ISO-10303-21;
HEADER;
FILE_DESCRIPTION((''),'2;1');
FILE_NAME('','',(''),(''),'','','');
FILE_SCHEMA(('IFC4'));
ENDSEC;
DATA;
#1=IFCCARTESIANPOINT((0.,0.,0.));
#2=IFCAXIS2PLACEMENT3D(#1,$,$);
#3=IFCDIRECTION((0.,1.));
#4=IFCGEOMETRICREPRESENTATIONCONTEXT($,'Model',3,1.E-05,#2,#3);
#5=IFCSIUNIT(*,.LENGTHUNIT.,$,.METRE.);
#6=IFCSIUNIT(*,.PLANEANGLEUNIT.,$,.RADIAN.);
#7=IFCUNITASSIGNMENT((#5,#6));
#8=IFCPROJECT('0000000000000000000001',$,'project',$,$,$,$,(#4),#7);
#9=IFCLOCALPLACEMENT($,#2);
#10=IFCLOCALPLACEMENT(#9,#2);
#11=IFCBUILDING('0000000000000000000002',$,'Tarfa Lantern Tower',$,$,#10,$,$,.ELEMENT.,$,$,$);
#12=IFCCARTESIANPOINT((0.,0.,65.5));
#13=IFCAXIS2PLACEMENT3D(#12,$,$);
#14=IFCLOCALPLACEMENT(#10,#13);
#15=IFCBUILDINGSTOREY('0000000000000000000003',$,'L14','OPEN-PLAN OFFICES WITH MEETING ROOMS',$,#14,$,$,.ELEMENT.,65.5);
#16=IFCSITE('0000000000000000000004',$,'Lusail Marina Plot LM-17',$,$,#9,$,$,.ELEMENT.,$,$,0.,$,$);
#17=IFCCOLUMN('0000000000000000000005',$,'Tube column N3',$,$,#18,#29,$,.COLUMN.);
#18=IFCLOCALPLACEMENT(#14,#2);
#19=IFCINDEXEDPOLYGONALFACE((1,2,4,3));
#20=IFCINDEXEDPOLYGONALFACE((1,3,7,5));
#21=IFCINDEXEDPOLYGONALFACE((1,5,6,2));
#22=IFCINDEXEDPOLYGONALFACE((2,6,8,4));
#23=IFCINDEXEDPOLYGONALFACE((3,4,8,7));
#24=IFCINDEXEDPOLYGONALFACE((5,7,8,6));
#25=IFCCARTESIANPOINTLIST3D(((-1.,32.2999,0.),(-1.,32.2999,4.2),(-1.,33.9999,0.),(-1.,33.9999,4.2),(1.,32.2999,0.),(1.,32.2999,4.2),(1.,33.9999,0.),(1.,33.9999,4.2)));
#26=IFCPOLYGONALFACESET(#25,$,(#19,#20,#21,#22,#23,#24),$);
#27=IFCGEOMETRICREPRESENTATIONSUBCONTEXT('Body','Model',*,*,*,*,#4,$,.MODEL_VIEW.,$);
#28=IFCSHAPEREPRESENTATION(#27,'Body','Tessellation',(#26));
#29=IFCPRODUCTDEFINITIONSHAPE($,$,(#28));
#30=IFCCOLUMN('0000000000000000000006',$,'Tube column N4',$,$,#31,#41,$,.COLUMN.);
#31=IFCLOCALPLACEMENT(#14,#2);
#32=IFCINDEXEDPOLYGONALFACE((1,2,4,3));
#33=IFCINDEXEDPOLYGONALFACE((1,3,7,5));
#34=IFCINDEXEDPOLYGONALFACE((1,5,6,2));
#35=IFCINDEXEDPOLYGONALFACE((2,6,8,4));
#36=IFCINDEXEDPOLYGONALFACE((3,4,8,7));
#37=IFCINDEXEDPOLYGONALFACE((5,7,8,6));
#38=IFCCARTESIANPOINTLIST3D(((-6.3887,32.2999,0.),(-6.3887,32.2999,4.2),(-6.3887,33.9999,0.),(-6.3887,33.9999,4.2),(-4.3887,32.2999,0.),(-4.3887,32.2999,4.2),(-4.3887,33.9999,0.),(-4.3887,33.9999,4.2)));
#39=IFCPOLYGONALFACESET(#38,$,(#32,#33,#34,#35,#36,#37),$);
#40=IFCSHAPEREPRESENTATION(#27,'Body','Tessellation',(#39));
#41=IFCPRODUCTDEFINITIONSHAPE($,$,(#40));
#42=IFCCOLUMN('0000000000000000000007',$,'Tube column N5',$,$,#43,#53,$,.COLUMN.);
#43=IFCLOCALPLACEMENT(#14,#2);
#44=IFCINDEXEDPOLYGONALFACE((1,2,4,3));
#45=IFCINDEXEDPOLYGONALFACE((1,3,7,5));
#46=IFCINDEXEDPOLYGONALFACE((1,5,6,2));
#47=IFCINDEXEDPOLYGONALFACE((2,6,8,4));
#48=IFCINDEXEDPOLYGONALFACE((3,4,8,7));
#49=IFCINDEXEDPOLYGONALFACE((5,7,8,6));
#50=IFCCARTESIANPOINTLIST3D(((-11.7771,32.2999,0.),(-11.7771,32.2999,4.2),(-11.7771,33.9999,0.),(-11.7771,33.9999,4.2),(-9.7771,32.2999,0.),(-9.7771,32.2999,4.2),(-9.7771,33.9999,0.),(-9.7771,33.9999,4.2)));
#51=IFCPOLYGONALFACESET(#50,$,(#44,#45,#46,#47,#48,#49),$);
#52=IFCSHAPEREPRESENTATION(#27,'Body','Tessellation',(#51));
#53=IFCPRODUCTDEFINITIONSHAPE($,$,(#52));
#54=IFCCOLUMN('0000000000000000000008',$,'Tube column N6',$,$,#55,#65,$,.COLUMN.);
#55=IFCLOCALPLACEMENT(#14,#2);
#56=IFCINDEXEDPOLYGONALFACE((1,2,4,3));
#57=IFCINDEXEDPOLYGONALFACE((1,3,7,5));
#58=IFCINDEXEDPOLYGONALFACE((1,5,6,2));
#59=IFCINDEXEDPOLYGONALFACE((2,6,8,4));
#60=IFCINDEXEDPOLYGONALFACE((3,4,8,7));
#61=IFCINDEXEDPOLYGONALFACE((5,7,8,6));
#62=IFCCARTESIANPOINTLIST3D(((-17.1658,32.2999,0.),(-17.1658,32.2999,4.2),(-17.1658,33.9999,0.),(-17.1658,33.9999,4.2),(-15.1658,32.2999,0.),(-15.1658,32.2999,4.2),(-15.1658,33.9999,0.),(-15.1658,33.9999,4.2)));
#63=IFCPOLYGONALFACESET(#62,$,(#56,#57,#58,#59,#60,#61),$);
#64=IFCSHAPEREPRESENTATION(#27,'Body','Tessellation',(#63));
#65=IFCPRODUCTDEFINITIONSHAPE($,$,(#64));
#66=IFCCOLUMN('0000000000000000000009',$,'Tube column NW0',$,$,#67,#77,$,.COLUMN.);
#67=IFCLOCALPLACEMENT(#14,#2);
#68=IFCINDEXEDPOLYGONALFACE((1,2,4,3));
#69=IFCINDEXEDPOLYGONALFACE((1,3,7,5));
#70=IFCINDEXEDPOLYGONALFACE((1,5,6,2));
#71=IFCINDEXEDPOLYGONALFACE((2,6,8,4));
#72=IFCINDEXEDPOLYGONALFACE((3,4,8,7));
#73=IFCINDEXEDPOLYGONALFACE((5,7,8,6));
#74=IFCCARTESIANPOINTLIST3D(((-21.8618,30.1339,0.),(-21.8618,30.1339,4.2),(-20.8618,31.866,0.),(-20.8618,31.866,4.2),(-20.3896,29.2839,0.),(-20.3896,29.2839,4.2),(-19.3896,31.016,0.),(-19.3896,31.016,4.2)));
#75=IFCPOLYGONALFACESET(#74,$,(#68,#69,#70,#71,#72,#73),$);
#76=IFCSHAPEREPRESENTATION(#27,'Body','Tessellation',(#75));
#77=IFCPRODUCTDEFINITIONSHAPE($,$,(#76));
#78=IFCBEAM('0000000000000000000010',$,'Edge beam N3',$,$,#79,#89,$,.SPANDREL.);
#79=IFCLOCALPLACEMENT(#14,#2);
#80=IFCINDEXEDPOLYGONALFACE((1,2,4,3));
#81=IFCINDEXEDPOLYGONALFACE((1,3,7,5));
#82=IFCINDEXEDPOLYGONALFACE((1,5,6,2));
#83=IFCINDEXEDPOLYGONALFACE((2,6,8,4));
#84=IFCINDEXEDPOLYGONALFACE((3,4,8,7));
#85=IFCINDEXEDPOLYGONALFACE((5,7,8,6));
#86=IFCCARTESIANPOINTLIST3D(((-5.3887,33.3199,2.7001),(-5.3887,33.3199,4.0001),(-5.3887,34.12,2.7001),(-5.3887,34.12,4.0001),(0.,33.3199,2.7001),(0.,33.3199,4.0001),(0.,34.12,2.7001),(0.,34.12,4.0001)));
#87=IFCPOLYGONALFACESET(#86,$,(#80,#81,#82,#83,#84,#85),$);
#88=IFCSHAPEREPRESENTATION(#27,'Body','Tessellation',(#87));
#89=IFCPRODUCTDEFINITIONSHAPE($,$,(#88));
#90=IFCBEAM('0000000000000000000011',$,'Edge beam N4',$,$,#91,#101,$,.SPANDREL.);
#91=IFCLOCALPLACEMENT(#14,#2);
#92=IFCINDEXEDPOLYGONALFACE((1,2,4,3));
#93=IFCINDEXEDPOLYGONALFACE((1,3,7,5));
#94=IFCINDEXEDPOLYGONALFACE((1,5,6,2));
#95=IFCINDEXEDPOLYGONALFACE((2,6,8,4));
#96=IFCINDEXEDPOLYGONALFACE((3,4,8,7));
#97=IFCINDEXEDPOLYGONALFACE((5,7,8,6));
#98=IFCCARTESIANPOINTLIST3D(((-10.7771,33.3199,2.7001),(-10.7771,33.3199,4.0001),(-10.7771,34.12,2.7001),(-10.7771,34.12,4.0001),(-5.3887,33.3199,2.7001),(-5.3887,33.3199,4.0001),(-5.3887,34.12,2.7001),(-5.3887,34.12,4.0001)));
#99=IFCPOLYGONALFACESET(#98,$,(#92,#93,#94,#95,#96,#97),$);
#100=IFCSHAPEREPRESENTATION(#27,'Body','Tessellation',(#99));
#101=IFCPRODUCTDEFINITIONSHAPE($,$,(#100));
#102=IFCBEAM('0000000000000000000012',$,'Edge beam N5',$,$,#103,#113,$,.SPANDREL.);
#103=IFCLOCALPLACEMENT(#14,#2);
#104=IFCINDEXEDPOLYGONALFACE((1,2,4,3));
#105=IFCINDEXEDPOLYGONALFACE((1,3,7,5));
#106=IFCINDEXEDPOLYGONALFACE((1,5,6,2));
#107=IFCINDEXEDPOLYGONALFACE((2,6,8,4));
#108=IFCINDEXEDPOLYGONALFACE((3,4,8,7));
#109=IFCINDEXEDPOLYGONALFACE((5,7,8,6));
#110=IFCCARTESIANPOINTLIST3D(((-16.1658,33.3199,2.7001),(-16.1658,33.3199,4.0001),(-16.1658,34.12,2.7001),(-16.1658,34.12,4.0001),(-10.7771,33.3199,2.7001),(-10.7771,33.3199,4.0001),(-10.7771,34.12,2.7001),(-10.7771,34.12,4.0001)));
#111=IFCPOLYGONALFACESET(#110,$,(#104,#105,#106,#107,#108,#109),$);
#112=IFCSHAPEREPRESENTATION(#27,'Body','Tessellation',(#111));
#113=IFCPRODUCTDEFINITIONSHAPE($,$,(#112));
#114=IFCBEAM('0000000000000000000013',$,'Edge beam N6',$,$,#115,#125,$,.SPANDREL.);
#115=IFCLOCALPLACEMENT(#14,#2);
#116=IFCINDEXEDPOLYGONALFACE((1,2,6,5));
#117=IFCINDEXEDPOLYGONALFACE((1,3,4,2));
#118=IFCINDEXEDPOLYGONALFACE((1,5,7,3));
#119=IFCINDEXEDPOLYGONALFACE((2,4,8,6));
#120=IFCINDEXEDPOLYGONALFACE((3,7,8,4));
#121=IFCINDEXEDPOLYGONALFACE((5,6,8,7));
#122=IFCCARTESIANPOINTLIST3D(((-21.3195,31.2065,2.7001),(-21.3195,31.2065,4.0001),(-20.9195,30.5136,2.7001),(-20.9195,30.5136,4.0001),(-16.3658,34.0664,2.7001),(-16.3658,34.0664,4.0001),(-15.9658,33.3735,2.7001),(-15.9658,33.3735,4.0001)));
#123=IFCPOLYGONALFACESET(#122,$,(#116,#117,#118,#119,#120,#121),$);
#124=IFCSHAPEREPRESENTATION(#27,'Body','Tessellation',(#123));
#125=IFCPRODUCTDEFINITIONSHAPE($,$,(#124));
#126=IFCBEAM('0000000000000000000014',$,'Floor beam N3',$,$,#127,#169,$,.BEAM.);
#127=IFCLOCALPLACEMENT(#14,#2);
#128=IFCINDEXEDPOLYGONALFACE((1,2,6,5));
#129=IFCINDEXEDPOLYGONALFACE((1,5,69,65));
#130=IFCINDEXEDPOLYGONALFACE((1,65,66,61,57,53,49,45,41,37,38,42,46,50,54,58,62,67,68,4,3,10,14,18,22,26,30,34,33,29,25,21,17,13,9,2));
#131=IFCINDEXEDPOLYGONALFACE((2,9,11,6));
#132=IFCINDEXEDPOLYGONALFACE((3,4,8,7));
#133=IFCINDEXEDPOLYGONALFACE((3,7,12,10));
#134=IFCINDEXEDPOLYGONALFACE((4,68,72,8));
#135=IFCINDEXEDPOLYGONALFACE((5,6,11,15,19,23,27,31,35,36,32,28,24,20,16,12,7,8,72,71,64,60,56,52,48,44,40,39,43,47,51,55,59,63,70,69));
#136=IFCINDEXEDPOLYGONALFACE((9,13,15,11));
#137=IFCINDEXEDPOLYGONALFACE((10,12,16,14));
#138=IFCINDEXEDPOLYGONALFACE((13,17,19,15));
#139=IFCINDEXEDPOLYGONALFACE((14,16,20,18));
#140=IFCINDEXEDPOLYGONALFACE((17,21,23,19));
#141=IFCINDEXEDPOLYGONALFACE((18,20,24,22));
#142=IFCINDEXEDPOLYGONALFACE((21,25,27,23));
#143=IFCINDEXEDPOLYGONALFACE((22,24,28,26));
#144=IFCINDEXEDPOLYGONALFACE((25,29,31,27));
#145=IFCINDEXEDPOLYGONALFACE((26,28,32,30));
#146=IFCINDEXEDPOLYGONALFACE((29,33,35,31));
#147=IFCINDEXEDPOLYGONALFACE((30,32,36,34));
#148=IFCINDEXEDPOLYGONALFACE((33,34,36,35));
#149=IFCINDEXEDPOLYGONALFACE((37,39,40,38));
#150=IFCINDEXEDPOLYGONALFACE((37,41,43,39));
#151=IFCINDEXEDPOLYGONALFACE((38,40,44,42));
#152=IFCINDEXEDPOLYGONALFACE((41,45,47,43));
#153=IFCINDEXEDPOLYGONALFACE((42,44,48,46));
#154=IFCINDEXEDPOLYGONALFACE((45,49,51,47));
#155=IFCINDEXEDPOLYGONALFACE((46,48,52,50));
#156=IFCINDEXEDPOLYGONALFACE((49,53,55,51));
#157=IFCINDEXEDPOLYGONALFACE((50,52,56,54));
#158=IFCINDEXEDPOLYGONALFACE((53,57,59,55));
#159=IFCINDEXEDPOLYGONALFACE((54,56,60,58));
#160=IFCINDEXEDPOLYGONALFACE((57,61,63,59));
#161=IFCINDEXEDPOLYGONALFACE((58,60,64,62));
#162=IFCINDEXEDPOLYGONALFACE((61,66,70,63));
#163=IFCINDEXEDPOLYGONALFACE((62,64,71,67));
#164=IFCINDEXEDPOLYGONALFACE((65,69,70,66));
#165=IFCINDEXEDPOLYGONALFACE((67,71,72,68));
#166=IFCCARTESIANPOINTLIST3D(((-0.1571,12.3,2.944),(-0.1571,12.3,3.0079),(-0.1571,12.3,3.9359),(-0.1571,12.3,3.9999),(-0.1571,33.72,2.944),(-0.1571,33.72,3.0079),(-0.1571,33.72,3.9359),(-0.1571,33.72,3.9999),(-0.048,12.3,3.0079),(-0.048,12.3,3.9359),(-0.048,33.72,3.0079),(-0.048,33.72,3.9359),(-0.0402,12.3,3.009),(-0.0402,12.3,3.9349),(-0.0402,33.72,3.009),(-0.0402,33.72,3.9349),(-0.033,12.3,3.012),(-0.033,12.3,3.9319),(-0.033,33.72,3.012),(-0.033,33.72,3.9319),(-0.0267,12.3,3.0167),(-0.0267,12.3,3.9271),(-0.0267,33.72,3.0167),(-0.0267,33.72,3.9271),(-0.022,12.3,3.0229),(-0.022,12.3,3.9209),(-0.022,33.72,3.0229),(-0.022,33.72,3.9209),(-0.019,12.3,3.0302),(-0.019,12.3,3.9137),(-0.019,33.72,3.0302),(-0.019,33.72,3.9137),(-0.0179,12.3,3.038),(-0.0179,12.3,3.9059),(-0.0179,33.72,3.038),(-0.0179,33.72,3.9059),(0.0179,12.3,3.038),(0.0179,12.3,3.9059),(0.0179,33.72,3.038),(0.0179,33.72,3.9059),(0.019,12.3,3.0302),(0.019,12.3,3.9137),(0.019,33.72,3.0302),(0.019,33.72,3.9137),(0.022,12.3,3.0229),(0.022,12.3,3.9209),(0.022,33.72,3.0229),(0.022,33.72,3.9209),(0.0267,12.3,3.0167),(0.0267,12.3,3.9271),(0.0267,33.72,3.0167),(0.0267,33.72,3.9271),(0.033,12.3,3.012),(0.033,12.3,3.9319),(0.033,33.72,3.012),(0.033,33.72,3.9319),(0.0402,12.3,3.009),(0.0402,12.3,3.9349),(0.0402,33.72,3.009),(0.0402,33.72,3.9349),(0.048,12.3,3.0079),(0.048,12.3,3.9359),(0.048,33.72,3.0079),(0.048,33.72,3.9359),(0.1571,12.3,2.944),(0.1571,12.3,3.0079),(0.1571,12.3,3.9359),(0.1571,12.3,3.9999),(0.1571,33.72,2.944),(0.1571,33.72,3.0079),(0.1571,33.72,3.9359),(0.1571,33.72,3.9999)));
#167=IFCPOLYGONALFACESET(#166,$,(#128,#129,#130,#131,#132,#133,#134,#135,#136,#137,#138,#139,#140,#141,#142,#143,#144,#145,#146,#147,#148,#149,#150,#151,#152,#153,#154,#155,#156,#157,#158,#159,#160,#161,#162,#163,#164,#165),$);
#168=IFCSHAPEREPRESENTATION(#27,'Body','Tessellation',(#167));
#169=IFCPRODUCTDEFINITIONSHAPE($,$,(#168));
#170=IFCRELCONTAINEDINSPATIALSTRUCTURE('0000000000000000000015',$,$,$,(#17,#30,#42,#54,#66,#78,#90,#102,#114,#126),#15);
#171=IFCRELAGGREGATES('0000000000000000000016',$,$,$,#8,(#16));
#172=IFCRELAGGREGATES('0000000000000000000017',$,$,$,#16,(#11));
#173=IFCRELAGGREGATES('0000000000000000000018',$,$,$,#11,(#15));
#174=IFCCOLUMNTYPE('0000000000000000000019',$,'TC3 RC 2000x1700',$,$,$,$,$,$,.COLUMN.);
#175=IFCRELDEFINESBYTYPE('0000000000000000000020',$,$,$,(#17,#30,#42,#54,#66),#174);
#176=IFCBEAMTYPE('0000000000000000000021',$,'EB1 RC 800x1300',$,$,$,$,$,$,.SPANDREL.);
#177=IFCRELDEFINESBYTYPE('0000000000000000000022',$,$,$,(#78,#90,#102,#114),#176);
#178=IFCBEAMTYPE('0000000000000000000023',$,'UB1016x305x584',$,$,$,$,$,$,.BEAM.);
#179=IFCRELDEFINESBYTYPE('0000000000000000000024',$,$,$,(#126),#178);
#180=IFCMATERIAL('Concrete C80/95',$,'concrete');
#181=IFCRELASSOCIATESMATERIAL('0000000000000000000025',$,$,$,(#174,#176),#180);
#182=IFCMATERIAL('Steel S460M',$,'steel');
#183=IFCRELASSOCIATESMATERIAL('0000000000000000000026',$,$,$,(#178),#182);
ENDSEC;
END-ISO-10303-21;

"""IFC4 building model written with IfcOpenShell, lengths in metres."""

from ifc_helpers import new_model, si_unit, direction, frame, origin, origin_2d, place, context, subcontext, project, spatial, rectangle, i_section, extrude, material, material_profile, profile_set, type_object, element, save


model = new_model("IFC4")

# Units and contexts
model_context = context("Model", 3, precision=1e-05, world=origin(), true_north=direction((0.0, 1.0)))
body_context = subcontext(model_context, "Body", "Model", "MODEL_VIEW")
ifc_project = project(units=[si_unit("LENGTHUNIT", "METRE"), si_unit("PLANEANGLEUNIT", "RADIAN")], contexts=[model_context])

# Site, building, storey
site_placement = place(None, origin())
site = spatial("IfcSite", under=ifc_project, at=site_placement, Name="Lusail Marina Plot LM-17", CompositionType="ELEMENT", RefElevation=0.0)
building_placement = place(site_placement, origin())
building = spatial("IfcBuilding", under=site, at=building_placement, Name="Tarfa Lantern Tower", CompositionType="ELEMENT")
storey_placement = place(building_placement, frame((0.0, 0.0, 65.5)))
storey = spatial("IfcBuildingStorey", under=building, at=storey_placement, Name="L14", Description="OPEN-PLAN OFFICES WITH MEETING ROOMS", CompositionType="ELEMENT", Elevation=65.5)

# Columns
ifc_material_1 = material(Name="Concrete C80/95", Category="concrete")
ifc_material_profile_1 = material_profile(ifc_material_1, rectangle(XDim=2.0, YDim=1.7, at=origin_2d()), Name="RC 2000x1700")
ifc_profile_set_1 = profile_set([ifc_material_profile_1], Name="Concrete C80/95")
column_type = type_object("IfcColumnType", Name="TC3 RC 2000x1700", PredefinedType="COLUMN", material=ifc_profile_set_1)
for number, where, z_axis, x_axis, name in (
    (1, (0.0, 33.1499, 0.0), (0.0, 0.0, 1.0), (-1.0, 0.0, 0.0), "Tube column N3"),
    (2, (-5.3887, 33.1499, 0.0), (0.0, 0.0, 1.0), (-1.0, 0.0, 0.0), "Tube column N4"),
    (3, (-10.7771, 33.1499, 0.0), (0.0, 0.0, 1.0), (-1.0, 0.0, 0.0), "Tube column N5"),
    (4, (-16.1658, 33.1499, 0.0), (0.0, 0.0, 1.0), (-1.0, 0.0, 0.0), "Tube column N6"),
    (5, (-20.6257, 30.575, 0.0), (0.0, 0.0, 1.0), (-0.5, -0.866025, 0.0), "Tube column NW0"),
):
    element("IfcColumn", number, at=place(storey_placement, frame(where, z_axis=z_axis, x_axis=x_axis)), inside=storey, type_object=column_type, Name=name, PredefinedType="COLUMN", context=body_context, shape_type="SweptSolid", body=[
        extrude(rectangle(XDim=2.0, YDim=1.7, at=origin_2d()), origin(), (0.0, 0.0, 1.0), 4.2),
    ])

# Beams
ifc_material_profile_2 = material_profile(ifc_material_1, rectangle(XDim=0.8, YDim=1.3, at=origin_2d()), Name="RC 800x1300")
ifc_profile_set_2 = profile_set([ifc_material_profile_2], Name="Concrete C80/95")
beam_type_1 = type_object("IfcBeamType", Name="EB1 RC 800x1300", PredefinedType="SPANDREL", material=ifc_profile_set_2)
beam_1_placement = place(storey_placement, frame((0.0, 33.72, 3.3501), z_axis=(-1.0, 0.0, 0.0), x_axis=(0.0, -1.0, 0.0)))
element("IfcBeam", 6, at=beam_1_placement, inside=storey, type_object=beam_type_1, Name="Edge beam N3", PredefinedType="SPANDREL", context=body_context, shape_type="SweptSolid", body=[
    extrude(rectangle(XDim=0.8, YDim=1.3, at=origin_2d()), origin(), (0.0, 0.0, 1.0), 5.3887),
])
beam_2_placement = place(storey_placement, frame((-5.3887, 33.72, 3.3501), z_axis=(-1.0, 0.0, 0.0), x_axis=(0.0, -1.0, 0.0)))
element("IfcBeam", 7, at=beam_2_placement, inside=storey, type_object=beam_type_1, Name="Edge beam N4", PredefinedType="SPANDREL", context=body_context, shape_type="SweptSolid", body=[
    extrude(rectangle(XDim=0.8, YDim=1.3, at=origin_2d()), origin(), (0.0, 0.0, 1.0), 5.3884),
])
beam_3_placement = place(storey_placement, frame((-10.7771, 33.72, 3.3501), z_axis=(-1.0, 0.0, 0.0), x_axis=(0.0, -1.0, 0.0)))
element("IfcBeam", 8, at=beam_3_placement, inside=storey, type_object=beam_type_1, Name="Edge beam N5", PredefinedType="SPANDREL", context=body_context, shape_type="SweptSolid", body=[
    extrude(rectangle(XDim=0.8, YDim=1.3, at=origin_2d()), origin(), (0.0, 0.0, 1.0), 5.3887),
])
beam_4_placement = place(storey_placement, frame((-16.1658, 33.72, 3.3501), z_axis=(-0.866033, -0.499986, 0.0), x_axis=(0.499986, -0.866033, 0.0)))
element("IfcBeam", 9, at=beam_4_placement, inside=storey, type_object=beam_type_1, Name="Edge beam N6", PredefinedType="SPANDREL", context=body_context, shape_type="SweptSolid", body=[
    extrude(rectangle(XDim=0.8, YDim=1.3, at=origin_2d()), origin(), (0.0, 0.0, 1.0), 5.72),
])
ifc_material_2 = material(Name="Steel S460M", Category="steel")
ifc_material_profile_3 = material_profile(ifc_material_2, i_section(OverallWidth=0.3142, OverallDepth=1.0559, WebThickness=0.0359, FlangeThickness=0.064, FilletRadius=0.03, at=origin_2d()), Name="UB1016x305x584")
ifc_profile_set_3 = profile_set([ifc_material_profile_3], Name="Steel S460M")
beam_type_2 = type_object("IfcBeamType", Name="UB1016x305x584", PredefinedType="BEAM", material=ifc_profile_set_3)
for number, where, z_axis, x_axis, name in (
    (10, (0.0, 33.72, 3.4719), (0.0, -1.0, 0.0), (1.0, 0.0, 0.0), "Floor beam N3"),
):
    element("IfcBeam", number, at=place(storey_placement, frame(where, z_axis=z_axis, x_axis=x_axis)), inside=storey, type_object=beam_type_2, Name=name, PredefinedType="BEAM", context=body_context, shape_type="SweptSolid", body=[
        extrude(i_section(OverallWidth=0.3142, OverallDepth=1.0559, WebThickness=0.0359, FlangeThickness=0.064, FilletRadius=0.03, at=origin_2d()), origin(), (0.0, 0.0, 1.0), 21.4199),
    ])

save(model, "model.ifc")
